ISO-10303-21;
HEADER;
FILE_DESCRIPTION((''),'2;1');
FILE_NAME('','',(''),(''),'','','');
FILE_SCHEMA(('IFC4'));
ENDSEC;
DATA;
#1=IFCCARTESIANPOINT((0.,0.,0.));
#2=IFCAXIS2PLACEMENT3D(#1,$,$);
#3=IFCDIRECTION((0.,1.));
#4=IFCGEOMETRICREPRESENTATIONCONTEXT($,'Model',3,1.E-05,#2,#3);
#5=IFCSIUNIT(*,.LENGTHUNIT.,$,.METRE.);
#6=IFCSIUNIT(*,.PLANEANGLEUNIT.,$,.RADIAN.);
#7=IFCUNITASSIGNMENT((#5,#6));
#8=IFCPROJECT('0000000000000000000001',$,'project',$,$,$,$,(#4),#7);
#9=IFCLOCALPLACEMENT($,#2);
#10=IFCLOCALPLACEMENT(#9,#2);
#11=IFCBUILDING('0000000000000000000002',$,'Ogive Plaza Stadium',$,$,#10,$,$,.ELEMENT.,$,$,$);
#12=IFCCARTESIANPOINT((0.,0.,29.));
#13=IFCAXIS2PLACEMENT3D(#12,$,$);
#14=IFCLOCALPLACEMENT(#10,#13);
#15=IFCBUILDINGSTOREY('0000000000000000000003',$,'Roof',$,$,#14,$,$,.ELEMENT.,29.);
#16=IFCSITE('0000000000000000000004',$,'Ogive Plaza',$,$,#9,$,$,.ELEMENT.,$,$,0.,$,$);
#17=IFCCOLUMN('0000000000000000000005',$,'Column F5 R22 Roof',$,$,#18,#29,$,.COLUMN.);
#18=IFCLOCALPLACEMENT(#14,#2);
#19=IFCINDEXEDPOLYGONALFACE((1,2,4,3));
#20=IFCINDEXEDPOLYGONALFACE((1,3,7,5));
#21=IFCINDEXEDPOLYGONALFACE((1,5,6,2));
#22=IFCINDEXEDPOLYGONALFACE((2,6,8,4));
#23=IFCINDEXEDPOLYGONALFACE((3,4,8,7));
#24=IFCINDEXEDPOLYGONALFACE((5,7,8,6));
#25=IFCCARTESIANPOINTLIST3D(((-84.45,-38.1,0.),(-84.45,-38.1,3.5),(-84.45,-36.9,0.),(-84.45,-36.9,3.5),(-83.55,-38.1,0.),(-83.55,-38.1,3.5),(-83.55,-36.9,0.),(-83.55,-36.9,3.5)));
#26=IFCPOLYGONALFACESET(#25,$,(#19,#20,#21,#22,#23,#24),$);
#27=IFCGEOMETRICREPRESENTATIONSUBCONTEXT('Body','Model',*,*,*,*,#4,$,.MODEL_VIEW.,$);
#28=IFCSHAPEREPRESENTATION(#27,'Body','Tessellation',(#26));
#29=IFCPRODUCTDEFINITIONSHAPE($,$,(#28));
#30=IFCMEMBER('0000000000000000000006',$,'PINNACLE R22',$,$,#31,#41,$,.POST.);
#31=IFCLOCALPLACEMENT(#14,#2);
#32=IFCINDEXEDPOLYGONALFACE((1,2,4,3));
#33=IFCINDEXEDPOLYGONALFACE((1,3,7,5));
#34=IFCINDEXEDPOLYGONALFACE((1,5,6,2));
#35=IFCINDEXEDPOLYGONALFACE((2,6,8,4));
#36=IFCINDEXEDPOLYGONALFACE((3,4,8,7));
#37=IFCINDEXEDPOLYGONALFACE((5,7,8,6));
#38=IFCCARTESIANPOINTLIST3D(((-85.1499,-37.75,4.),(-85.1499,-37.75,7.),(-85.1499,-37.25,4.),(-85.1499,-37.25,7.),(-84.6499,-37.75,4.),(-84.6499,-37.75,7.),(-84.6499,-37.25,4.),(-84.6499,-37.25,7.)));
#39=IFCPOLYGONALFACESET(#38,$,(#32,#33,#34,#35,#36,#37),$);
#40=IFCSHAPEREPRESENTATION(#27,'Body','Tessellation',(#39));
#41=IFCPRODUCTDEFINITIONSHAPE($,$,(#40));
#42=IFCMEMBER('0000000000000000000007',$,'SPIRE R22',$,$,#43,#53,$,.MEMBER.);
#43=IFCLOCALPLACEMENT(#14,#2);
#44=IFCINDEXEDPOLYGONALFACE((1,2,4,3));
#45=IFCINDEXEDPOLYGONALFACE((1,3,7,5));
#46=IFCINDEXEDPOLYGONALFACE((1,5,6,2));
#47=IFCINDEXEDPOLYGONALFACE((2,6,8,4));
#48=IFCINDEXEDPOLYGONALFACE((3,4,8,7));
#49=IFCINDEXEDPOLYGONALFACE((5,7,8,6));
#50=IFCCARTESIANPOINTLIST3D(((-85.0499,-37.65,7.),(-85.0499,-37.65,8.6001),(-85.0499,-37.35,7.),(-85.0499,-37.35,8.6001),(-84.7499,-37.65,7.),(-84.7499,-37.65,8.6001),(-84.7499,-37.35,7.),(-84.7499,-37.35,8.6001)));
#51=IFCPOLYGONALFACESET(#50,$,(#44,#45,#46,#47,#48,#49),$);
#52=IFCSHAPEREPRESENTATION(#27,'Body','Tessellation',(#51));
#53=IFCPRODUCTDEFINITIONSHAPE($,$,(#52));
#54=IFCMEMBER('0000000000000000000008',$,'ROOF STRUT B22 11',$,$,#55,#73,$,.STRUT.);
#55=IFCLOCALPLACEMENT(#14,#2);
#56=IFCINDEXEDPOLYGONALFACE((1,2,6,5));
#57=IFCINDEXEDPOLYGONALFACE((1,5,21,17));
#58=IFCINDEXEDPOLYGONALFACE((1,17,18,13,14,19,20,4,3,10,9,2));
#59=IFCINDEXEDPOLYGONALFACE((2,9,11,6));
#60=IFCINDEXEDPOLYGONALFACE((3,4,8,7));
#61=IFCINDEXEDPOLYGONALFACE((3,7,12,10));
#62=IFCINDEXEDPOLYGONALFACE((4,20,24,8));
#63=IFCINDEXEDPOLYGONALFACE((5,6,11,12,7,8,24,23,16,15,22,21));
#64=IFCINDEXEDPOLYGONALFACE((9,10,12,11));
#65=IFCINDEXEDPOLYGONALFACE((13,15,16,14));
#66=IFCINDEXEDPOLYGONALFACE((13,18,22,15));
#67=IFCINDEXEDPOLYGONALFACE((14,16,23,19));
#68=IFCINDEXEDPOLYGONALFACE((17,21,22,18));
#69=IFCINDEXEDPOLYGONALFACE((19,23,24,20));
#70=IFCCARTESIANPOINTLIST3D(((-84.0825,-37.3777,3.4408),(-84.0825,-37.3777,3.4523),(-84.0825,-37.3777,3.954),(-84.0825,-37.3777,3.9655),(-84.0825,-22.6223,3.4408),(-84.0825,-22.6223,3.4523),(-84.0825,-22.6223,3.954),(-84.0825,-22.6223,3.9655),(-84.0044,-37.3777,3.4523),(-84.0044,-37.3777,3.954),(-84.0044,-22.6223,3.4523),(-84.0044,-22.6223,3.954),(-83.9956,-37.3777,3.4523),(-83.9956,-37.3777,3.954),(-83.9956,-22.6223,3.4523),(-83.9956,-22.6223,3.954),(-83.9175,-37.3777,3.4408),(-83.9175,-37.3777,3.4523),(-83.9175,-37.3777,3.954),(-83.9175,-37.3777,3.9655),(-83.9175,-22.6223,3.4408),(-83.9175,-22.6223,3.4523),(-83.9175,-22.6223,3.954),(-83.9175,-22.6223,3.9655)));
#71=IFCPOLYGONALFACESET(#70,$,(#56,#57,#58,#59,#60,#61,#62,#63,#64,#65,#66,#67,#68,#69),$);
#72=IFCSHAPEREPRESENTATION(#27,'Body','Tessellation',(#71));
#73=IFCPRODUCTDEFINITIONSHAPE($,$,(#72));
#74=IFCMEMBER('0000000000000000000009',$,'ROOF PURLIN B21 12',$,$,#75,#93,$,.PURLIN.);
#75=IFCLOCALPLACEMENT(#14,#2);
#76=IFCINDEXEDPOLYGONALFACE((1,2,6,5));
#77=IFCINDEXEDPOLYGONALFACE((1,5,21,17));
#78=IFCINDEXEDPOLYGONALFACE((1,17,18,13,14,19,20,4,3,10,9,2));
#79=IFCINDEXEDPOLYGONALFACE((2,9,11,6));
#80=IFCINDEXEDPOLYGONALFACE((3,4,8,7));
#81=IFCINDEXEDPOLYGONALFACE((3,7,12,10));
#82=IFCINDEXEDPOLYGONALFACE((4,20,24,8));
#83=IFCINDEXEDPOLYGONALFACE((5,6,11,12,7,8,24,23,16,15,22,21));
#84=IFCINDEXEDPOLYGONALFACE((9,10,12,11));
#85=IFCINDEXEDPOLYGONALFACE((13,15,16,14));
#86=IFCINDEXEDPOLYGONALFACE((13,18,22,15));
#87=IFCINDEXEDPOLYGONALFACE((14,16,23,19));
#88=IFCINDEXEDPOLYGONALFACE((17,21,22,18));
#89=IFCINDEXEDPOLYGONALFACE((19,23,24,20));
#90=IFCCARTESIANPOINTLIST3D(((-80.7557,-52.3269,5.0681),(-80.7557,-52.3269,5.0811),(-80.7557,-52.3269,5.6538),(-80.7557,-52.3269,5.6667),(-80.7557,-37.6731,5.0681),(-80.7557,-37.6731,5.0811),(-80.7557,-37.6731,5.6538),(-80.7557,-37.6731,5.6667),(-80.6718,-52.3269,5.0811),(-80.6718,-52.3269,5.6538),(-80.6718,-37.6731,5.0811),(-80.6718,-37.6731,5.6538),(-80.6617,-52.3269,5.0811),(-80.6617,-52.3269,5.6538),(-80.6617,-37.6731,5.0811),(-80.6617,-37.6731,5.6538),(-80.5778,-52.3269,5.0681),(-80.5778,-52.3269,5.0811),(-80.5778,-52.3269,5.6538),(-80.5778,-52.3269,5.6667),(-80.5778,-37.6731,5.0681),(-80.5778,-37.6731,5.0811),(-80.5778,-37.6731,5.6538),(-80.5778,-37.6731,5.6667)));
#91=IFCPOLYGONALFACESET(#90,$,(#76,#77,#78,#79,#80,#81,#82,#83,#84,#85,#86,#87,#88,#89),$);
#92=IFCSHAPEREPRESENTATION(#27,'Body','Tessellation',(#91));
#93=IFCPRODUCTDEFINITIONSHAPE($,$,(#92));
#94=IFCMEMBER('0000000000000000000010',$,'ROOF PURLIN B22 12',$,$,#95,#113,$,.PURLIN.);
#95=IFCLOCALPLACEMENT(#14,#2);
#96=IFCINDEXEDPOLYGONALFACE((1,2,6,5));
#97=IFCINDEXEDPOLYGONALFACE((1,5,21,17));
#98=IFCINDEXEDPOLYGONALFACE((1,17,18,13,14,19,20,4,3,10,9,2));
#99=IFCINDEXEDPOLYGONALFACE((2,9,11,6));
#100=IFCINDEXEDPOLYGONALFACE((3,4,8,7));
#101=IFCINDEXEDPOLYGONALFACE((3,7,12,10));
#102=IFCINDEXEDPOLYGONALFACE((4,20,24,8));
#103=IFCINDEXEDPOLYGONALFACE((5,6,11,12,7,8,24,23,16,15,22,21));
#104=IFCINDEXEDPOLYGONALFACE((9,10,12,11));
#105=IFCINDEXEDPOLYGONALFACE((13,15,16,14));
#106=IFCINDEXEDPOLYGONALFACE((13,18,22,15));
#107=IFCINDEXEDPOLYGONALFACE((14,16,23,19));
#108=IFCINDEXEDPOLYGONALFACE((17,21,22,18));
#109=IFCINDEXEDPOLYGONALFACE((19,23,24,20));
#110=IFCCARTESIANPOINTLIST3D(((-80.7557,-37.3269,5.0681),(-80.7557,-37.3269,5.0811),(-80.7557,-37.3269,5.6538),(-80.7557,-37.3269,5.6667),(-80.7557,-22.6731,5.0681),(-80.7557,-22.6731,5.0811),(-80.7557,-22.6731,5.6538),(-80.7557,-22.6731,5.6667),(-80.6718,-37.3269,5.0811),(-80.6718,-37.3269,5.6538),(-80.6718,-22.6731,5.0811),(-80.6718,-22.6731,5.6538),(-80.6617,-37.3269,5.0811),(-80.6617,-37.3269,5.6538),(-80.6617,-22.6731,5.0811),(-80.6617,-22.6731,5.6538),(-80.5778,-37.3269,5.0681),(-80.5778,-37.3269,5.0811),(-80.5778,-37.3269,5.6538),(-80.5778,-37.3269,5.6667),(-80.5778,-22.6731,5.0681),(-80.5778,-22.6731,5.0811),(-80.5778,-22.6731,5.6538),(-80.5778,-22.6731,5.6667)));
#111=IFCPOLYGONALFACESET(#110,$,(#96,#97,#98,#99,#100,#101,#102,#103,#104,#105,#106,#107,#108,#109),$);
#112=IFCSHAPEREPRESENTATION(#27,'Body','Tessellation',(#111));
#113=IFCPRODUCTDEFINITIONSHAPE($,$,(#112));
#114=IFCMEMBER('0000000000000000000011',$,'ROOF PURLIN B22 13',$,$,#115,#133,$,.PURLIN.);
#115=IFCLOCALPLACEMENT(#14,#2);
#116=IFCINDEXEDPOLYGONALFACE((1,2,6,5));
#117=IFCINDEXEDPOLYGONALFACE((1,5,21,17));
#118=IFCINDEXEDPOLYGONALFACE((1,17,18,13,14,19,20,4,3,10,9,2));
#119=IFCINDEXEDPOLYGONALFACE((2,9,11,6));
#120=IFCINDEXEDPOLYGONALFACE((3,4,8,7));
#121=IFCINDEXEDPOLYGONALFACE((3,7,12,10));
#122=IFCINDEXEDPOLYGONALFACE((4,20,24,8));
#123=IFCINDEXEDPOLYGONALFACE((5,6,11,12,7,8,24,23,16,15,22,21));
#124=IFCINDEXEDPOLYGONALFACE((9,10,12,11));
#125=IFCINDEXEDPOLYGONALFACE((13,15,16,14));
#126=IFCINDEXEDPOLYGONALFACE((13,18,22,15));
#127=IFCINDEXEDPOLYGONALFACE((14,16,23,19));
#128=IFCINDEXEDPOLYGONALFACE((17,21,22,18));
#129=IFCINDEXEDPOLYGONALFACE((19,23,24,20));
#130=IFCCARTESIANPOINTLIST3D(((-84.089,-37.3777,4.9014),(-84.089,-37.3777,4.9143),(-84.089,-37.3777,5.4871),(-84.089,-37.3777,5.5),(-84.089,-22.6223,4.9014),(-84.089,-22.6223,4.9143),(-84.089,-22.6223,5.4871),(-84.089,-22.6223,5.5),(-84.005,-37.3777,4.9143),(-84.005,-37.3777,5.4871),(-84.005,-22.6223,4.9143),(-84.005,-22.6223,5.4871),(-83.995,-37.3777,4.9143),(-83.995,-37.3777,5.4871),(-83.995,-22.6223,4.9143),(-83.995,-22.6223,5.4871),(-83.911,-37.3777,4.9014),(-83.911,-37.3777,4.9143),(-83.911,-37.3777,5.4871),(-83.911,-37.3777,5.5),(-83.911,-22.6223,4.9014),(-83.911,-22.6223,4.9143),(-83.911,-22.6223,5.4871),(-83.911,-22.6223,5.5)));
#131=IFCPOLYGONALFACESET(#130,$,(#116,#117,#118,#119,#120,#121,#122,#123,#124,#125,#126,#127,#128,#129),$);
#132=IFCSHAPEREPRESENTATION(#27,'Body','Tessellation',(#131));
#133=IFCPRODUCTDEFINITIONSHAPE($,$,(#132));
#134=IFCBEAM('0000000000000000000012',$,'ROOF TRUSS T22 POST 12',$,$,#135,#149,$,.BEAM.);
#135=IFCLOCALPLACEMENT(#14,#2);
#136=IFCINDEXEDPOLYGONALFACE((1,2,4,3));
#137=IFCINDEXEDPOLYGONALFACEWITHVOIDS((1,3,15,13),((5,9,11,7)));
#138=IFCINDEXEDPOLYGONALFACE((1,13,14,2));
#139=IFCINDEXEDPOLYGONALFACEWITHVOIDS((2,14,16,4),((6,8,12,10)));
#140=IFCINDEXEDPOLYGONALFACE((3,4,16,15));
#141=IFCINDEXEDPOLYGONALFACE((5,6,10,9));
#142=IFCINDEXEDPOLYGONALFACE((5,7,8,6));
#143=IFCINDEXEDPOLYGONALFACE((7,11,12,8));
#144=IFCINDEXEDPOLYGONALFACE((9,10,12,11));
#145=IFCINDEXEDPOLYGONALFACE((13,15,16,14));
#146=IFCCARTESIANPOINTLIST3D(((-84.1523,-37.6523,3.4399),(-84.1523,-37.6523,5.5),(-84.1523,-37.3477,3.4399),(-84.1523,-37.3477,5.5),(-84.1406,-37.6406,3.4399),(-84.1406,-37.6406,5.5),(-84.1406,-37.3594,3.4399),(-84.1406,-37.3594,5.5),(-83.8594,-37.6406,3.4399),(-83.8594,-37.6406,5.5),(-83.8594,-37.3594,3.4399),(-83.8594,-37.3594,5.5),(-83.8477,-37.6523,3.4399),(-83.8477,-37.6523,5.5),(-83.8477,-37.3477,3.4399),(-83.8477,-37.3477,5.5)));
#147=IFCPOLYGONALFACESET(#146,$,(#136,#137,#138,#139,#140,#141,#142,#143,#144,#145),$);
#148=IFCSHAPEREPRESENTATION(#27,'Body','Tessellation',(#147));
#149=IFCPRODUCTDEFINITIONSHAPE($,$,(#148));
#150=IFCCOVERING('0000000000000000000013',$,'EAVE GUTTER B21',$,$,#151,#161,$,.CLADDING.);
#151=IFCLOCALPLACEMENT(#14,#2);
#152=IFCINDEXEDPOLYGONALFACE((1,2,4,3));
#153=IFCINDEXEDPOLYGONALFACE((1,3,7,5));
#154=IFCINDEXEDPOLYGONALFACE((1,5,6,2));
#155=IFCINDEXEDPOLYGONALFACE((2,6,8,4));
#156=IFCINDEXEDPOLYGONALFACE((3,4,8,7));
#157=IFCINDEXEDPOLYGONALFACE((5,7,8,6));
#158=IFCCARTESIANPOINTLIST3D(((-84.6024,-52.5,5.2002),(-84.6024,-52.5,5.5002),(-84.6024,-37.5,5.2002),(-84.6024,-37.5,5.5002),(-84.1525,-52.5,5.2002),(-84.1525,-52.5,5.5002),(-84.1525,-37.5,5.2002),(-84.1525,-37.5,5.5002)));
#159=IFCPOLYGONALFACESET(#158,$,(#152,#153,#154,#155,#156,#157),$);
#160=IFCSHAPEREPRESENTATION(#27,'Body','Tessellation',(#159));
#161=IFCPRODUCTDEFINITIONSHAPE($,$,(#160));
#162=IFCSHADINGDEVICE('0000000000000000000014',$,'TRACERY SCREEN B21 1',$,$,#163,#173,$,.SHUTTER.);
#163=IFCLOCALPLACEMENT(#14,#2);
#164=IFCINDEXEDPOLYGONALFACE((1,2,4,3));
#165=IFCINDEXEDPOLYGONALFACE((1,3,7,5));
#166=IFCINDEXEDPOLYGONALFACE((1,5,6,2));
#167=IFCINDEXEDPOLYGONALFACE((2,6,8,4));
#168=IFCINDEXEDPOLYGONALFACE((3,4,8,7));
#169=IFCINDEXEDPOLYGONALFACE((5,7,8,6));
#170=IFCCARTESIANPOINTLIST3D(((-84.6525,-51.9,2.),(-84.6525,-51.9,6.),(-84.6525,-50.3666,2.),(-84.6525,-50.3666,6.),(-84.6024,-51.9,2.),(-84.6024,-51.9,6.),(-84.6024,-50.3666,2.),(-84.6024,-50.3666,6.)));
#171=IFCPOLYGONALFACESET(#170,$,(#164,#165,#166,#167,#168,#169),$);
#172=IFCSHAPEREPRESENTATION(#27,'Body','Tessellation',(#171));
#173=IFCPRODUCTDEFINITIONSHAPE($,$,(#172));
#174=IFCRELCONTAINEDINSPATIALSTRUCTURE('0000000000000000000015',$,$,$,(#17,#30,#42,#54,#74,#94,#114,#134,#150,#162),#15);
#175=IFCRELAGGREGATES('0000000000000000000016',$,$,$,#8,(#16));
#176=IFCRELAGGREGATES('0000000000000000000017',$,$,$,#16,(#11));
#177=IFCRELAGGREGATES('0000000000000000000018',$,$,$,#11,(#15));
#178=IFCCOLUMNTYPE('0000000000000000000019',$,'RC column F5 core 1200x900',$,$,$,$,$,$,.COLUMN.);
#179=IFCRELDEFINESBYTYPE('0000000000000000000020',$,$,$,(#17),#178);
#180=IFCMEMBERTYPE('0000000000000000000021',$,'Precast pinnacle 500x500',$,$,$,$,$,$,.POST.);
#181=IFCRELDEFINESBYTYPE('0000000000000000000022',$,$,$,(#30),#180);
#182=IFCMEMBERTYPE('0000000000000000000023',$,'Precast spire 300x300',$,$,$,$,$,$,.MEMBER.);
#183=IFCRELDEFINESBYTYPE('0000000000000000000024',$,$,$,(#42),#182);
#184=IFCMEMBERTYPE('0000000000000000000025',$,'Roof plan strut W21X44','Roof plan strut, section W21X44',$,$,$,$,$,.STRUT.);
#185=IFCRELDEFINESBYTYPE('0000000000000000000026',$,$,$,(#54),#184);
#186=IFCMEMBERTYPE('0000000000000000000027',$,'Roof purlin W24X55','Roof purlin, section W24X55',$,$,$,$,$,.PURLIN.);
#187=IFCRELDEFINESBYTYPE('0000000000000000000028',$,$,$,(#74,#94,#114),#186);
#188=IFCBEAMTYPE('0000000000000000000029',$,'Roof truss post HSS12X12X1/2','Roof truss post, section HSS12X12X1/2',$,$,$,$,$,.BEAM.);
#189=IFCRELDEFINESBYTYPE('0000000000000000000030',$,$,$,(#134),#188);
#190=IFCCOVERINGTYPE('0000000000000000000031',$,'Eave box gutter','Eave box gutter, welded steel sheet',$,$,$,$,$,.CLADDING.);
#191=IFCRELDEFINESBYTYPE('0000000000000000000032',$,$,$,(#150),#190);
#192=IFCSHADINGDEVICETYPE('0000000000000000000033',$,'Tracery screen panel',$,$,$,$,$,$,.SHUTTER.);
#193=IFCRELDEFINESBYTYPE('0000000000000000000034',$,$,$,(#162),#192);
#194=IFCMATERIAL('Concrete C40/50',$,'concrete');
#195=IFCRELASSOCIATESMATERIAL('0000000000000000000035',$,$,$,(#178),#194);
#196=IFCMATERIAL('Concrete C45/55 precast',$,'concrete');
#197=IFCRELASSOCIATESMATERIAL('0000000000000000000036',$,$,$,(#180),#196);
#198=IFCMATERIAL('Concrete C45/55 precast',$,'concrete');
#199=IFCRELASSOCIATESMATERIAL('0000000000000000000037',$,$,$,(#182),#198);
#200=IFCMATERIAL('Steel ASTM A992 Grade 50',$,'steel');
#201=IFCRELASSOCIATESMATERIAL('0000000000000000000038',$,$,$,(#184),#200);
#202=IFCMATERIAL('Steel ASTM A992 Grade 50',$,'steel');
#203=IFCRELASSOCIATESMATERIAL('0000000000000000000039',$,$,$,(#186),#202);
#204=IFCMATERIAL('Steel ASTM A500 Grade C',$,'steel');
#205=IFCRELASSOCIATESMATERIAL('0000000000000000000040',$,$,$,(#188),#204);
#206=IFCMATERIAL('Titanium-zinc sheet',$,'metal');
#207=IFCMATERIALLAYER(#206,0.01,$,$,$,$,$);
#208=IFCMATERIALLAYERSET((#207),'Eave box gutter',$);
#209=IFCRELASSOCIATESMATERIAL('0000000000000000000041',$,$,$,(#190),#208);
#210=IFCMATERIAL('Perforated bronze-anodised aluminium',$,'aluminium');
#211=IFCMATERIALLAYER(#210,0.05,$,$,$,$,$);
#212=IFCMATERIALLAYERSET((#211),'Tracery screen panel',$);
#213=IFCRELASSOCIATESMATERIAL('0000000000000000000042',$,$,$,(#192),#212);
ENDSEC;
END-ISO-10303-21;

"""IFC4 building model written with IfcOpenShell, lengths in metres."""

from ifc_helpers import new_model, si_unit, direction, frame, origin, origin_2d, place, context, subcontext, project, spatial, rectangle, hollow_rectangle, i_section, extrude, material, layer, layer_set, material_profile, profile_set, type_object, element, save


model = new_model("IFC4")

# Units and contexts
model_context = context("Model", 3, precision=1e-05, world=origin(), true_north=direction((0.0, 1.0)))
body_context = subcontext(model_context, "Body", "Model", "MODEL_VIEW")
ifc_project = project(units=[si_unit("LENGTHUNIT", "METRE"), si_unit("PLANEANGLEUNIT", "RADIAN")], contexts=[model_context])

# Site, building, storey
site_placement = place(None, origin())
site = spatial("IfcSite", under=ifc_project, at=site_placement, Name="Ogive Plaza", CompositionType="ELEMENT", RefElevation=0.0)
building_placement = place(site_placement, origin())
building = spatial("IfcBuilding", under=site, at=building_placement, Name="Ogive Plaza Stadium", CompositionType="ELEMENT")
storey_placement = place(building_placement, frame((0.0, 0.0, 29.0)))
storey = spatial("IfcBuildingStorey", under=building, at=storey_placement, Name="Roof", CompositionType="ELEMENT", Elevation=29.0)

# Column
ifc_material_1 = material(Name="Concrete C40/50", Category="concrete")
ifc_material_profile_1 = material_profile(ifc_material_1, rectangle(XDim=1.2, YDim=0.8999, at=origin_2d()), Name="RC 1200x900")
ifc_profile_set_1 = profile_set([ifc_material_profile_1], Name="Concrete C40/50")
column_type = type_object("IfcColumnType", Name="RC column F5 core 1200x900", PredefinedType="COLUMN", material=ifc_profile_set_1)
column_placement = place(storey_placement, frame((-84.0, -37.5, 0.0), z_axis=(0.0, 0.0, 1.0), x_axis=(0.0, -1.0, 0.0)))
element("IfcColumn", 1, at=column_placement, inside=storey, type_object=column_type, Name="Column F5 R22 Roof", PredefinedType="COLUMN", context=body_context, shape_type="SweptSolid", body=[
    extrude(rectangle(XDim=1.2, YDim=0.8999, at=origin_2d()), origin(), (0.0, 0.0, 1.0), 3.5),
])

# Members
ifc_material_2 = material(Name="Concrete C45/55 precast", Category="concrete")
ifc_material_profile_2 = material_profile(ifc_material_2, rectangle(XDim=0.5, YDim=0.5, at=origin_2d()), Name="RC 500x500")
ifc_profile_set_2 = profile_set([ifc_material_profile_2], Name="Concrete C45/55 precast")
member_type_1 = type_object("IfcMemberType", Name="Precast pinnacle 500x500", PredefinedType="POST", material=ifc_profile_set_2)
member_1_placement = place(storey_placement, frame((-84.8999, -37.5, 4.0), z_axis=(0.0, 0.0, 1.0), x_axis=(0.0, -1.0, 0.0)))
element("IfcMember", 2, at=member_1_placement, inside=storey, type_object=member_type_1, Name="PINNACLE R22", PredefinedType="POST", context=body_context, shape_type="SweptSolid", body=[
    extrude(rectangle(XDim=0.5, YDim=0.5, at=origin_2d()), origin(), (0.0, 0.0, 1.0), 3.0),
])
ifc_material_3 = material(Name="Concrete C45/55 precast", Category="concrete")
ifc_material_profile_3 = material_profile(ifc_material_3, rectangle(XDim=0.3, YDim=0.3, at=origin_2d()), Name="RC 300x300")
ifc_profile_set_3 = profile_set([ifc_material_profile_3], Name="Concrete C45/55 precast")
member_type_2 = type_object("IfcMemberType", Name="Precast spire 300x300", PredefinedType="MEMBER", material=ifc_profile_set_3)
member_2_placement = place(storey_placement, frame((-84.8999, -37.5, 7.0), z_axis=(0.0, 0.0, 1.0), x_axis=(0.0, -1.0, 0.0)))
element("IfcMember", 3, at=member_2_placement, inside=storey, type_object=member_type_2, Name="SPIRE R22", PredefinedType="MEMBER", context=body_context, shape_type="SweptSolid", body=[
    extrude(rectangle(XDim=0.3, YDim=0.3, at=origin_2d()), origin(), (0.0, 0.0, 1.0), 1.6001),
])
ifc_material_4 = material(Name="Steel ASTM A992 Grade 50", Category="steel")
ifc_material_profile_4 = material_profile(ifc_material_4, i_section(OverallWidth=0.165, OverallDepth=0.5247, WebThickness=0.0088, FlangeThickness=0.0115, at=origin_2d()), Name="W21X44")
ifc_profile_set_4 = profile_set([ifc_material_profile_4], Name="Steel ASTM A992 Grade 50")
member_type_3 = type_object("IfcMemberType", Name="Roof plan strut W21X44", Description="Roof plan strut, section W21X44", PredefinedType="STRUT", material=ifc_profile_set_4)
member_3_placement = place(storey_placement, frame((-84.0, -37.3777, 3.7031), z_axis=(0.0, 1.0, 0.0), x_axis=(-1.0, 0.0, 0.0)))
element("IfcMember", 4, at=member_3_placement, inside=storey, type_object=member_type_3, Name="ROOF STRUT B22 11", PredefinedType="STRUT", context=body_context, shape_type="SweptSolid", body=[
    extrude(i_section(OverallWidth=0.165, OverallDepth=0.5247, WebThickness=0.0088, FlangeThickness=0.0115, at=origin_2d()), origin(), (0.0, 0.0, 1.0), 14.7554),
])
ifc_material_5 = material(Name="Steel ASTM A992 Grade 50", Category="steel")
ifc_material_profile_5 = material_profile(ifc_material_5, i_section(OverallWidth=0.178, OverallDepth=0.5986, WebThickness=0.01, FlangeThickness=0.0129, at=origin_2d()), Name="W24X55")
ifc_profile_set_5 = profile_set([ifc_material_profile_5], Name="Steel ASTM A992 Grade 50")
member_type_4 = type_object("IfcMemberType", Name="Roof purlin W24X55", Description="Roof purlin, section W24X55", PredefinedType="PURLIN", material=ifc_profile_set_5)
for number, where, z_axis, x_axis, name in (
    (5, (-80.6667, -52.3269, 5.3674), (0.0, 1.0, 0.0), (-1.0, 0.0, 0.0), "ROOF PURLIN B21 12"),
    (6, (-80.6667, -37.3269, 5.3674), (0.0, 1.0, 0.0), (-1.0, 0.0, 0.0), "ROOF PURLIN B22 12"),
):
    element("IfcMember", number, at=place(storey_placement, frame(where, z_axis=z_axis, x_axis=x_axis)), inside=storey, type_object=member_type_4, Name=name, PredefinedType="PURLIN", context=body_context, shape_type="SweptSolid", body=[
        extrude(i_section(OverallWidth=0.178, OverallDepth=0.5986, WebThickness=0.01, FlangeThickness=0.0129, at=origin_2d()), origin(), (0.0, 0.0, 1.0), 14.6538),
    ])
member_4_placement = place(storey_placement, frame((-84.0, -37.3777, 5.2007), z_axis=(0.0, 1.0, 0.0), x_axis=(-1.0, 0.0, 0.0)))
element("IfcMember", 7, at=member_4_placement, inside=storey, type_object=member_type_4, Name="ROOF PURLIN B22 13", PredefinedType="PURLIN", context=body_context, shape_type="SweptSolid", body=[
    extrude(i_section(OverallWidth=0.178, OverallDepth=0.5986, WebThickness=0.01, FlangeThickness=0.0129, at=origin_2d()), origin(), (0.0, 0.0, 1.0), 14.7554),
])

# Beam
ifc_material_6 = material(Name="Steel ASTM A500 Grade C", Category="steel")
ifc_material_profile_6 = material_profile(ifc_material_6, hollow_rectangle(XDim=0.3047, YDim=0.3047, WallThickness=0.0117, at=origin_2d()), Name="HSS12X12X1/2")
ifc_profile_set_6 = profile_set([ifc_material_profile_6], Name="Steel ASTM A500 Grade C")
beam_type = type_object("IfcBeamType", Name="Roof truss post HSS12X12X1/2", Description="Roof truss post, section HSS12X12X1/2", PredefinedType="BEAM", material=ifc_profile_set_6)
beam_placement = place(storey_placement, frame((-84.0, -37.5, 3.4399), z_axis=(0.0, 0.0, 1.0), x_axis=(0.0, -1.0, 0.0)))
element("IfcBeam", 8, at=beam_placement, inside=storey, type_object=beam_type, Name="ROOF TRUSS T22 POST 12", PredefinedType="BEAM", context=body_context, shape_type="SweptSolid", body=[
    extrude(hollow_rectangle(XDim=0.3047, YDim=0.3047, WallThickness=0.0117, at=origin_2d()), origin(), (0.0, 0.0, 1.0), 2.0601),
])

# Covering
ifc_material_7 = material(Name="Titanium-zinc sheet", Category="metal")
ifc_layer_1 = layer(ifc_material_7, 0.01)
ifc_layer_set_1 = layer_set([ifc_layer_1], Name="Eave box gutter")
covering_type = type_object("IfcCoveringType", Name="Eave box gutter", Description="Eave box gutter, welded steel sheet", PredefinedType="CLADDING", material=ifc_layer_set_1)
covering_placement = place(storey_placement, frame((-84.3774, -45.0, 5.2002), z_axis=(0.0, 0.0, 1.0), x_axis=(0.0, 1.0, 0.0)))
element("IfcCovering", 9, at=covering_placement, inside=storey, type_object=covering_type, Name="EAVE GUTTER B21", PredefinedType="CLADDING", context=body_context, shape_type="SweptSolid", body=[
    extrude(rectangle(XDim=15.0, YDim=0.45, at=origin_2d()), origin(), (0.0, 0.0, 1.0), 0.3),
])

# Shading device
ifc_material_8 = material(Name="Perforated bronze-anodised aluminium", Category="aluminium")
ifc_layer_2 = layer(ifc_material_8, 0.05)
ifc_layer_set_2 = layer_set([ifc_layer_2], Name="Tracery screen panel")
shading_device_type = type_object("IfcShadingDeviceType", Name="Tracery screen panel", PredefinedType="SHUTTER", material=ifc_layer_set_2)
for number, where, z_axis, x_axis, name in (
    (10, (-84.6274, -51.1333, 2.0), (0.0, 0.0, 1.0), (0.0, 1.0, 0.0), "TRACERY SCREEN B21 1"),
):
    element("IfcShadingDevice", number, at=place(storey_placement, frame(where, z_axis=z_axis, x_axis=x_axis)), inside=storey, type_object=shading_device_type, Name=name, PredefinedType="SHUTTER", context=body_context, shape_type="SweptSolid", body=[
        extrude(rectangle(XDim=1.5334, YDim=0.05, at=origin_2d()), origin(), (0.0, 0.0, 1.0), 4.0),
    ])

save(model, "model.ifc")
